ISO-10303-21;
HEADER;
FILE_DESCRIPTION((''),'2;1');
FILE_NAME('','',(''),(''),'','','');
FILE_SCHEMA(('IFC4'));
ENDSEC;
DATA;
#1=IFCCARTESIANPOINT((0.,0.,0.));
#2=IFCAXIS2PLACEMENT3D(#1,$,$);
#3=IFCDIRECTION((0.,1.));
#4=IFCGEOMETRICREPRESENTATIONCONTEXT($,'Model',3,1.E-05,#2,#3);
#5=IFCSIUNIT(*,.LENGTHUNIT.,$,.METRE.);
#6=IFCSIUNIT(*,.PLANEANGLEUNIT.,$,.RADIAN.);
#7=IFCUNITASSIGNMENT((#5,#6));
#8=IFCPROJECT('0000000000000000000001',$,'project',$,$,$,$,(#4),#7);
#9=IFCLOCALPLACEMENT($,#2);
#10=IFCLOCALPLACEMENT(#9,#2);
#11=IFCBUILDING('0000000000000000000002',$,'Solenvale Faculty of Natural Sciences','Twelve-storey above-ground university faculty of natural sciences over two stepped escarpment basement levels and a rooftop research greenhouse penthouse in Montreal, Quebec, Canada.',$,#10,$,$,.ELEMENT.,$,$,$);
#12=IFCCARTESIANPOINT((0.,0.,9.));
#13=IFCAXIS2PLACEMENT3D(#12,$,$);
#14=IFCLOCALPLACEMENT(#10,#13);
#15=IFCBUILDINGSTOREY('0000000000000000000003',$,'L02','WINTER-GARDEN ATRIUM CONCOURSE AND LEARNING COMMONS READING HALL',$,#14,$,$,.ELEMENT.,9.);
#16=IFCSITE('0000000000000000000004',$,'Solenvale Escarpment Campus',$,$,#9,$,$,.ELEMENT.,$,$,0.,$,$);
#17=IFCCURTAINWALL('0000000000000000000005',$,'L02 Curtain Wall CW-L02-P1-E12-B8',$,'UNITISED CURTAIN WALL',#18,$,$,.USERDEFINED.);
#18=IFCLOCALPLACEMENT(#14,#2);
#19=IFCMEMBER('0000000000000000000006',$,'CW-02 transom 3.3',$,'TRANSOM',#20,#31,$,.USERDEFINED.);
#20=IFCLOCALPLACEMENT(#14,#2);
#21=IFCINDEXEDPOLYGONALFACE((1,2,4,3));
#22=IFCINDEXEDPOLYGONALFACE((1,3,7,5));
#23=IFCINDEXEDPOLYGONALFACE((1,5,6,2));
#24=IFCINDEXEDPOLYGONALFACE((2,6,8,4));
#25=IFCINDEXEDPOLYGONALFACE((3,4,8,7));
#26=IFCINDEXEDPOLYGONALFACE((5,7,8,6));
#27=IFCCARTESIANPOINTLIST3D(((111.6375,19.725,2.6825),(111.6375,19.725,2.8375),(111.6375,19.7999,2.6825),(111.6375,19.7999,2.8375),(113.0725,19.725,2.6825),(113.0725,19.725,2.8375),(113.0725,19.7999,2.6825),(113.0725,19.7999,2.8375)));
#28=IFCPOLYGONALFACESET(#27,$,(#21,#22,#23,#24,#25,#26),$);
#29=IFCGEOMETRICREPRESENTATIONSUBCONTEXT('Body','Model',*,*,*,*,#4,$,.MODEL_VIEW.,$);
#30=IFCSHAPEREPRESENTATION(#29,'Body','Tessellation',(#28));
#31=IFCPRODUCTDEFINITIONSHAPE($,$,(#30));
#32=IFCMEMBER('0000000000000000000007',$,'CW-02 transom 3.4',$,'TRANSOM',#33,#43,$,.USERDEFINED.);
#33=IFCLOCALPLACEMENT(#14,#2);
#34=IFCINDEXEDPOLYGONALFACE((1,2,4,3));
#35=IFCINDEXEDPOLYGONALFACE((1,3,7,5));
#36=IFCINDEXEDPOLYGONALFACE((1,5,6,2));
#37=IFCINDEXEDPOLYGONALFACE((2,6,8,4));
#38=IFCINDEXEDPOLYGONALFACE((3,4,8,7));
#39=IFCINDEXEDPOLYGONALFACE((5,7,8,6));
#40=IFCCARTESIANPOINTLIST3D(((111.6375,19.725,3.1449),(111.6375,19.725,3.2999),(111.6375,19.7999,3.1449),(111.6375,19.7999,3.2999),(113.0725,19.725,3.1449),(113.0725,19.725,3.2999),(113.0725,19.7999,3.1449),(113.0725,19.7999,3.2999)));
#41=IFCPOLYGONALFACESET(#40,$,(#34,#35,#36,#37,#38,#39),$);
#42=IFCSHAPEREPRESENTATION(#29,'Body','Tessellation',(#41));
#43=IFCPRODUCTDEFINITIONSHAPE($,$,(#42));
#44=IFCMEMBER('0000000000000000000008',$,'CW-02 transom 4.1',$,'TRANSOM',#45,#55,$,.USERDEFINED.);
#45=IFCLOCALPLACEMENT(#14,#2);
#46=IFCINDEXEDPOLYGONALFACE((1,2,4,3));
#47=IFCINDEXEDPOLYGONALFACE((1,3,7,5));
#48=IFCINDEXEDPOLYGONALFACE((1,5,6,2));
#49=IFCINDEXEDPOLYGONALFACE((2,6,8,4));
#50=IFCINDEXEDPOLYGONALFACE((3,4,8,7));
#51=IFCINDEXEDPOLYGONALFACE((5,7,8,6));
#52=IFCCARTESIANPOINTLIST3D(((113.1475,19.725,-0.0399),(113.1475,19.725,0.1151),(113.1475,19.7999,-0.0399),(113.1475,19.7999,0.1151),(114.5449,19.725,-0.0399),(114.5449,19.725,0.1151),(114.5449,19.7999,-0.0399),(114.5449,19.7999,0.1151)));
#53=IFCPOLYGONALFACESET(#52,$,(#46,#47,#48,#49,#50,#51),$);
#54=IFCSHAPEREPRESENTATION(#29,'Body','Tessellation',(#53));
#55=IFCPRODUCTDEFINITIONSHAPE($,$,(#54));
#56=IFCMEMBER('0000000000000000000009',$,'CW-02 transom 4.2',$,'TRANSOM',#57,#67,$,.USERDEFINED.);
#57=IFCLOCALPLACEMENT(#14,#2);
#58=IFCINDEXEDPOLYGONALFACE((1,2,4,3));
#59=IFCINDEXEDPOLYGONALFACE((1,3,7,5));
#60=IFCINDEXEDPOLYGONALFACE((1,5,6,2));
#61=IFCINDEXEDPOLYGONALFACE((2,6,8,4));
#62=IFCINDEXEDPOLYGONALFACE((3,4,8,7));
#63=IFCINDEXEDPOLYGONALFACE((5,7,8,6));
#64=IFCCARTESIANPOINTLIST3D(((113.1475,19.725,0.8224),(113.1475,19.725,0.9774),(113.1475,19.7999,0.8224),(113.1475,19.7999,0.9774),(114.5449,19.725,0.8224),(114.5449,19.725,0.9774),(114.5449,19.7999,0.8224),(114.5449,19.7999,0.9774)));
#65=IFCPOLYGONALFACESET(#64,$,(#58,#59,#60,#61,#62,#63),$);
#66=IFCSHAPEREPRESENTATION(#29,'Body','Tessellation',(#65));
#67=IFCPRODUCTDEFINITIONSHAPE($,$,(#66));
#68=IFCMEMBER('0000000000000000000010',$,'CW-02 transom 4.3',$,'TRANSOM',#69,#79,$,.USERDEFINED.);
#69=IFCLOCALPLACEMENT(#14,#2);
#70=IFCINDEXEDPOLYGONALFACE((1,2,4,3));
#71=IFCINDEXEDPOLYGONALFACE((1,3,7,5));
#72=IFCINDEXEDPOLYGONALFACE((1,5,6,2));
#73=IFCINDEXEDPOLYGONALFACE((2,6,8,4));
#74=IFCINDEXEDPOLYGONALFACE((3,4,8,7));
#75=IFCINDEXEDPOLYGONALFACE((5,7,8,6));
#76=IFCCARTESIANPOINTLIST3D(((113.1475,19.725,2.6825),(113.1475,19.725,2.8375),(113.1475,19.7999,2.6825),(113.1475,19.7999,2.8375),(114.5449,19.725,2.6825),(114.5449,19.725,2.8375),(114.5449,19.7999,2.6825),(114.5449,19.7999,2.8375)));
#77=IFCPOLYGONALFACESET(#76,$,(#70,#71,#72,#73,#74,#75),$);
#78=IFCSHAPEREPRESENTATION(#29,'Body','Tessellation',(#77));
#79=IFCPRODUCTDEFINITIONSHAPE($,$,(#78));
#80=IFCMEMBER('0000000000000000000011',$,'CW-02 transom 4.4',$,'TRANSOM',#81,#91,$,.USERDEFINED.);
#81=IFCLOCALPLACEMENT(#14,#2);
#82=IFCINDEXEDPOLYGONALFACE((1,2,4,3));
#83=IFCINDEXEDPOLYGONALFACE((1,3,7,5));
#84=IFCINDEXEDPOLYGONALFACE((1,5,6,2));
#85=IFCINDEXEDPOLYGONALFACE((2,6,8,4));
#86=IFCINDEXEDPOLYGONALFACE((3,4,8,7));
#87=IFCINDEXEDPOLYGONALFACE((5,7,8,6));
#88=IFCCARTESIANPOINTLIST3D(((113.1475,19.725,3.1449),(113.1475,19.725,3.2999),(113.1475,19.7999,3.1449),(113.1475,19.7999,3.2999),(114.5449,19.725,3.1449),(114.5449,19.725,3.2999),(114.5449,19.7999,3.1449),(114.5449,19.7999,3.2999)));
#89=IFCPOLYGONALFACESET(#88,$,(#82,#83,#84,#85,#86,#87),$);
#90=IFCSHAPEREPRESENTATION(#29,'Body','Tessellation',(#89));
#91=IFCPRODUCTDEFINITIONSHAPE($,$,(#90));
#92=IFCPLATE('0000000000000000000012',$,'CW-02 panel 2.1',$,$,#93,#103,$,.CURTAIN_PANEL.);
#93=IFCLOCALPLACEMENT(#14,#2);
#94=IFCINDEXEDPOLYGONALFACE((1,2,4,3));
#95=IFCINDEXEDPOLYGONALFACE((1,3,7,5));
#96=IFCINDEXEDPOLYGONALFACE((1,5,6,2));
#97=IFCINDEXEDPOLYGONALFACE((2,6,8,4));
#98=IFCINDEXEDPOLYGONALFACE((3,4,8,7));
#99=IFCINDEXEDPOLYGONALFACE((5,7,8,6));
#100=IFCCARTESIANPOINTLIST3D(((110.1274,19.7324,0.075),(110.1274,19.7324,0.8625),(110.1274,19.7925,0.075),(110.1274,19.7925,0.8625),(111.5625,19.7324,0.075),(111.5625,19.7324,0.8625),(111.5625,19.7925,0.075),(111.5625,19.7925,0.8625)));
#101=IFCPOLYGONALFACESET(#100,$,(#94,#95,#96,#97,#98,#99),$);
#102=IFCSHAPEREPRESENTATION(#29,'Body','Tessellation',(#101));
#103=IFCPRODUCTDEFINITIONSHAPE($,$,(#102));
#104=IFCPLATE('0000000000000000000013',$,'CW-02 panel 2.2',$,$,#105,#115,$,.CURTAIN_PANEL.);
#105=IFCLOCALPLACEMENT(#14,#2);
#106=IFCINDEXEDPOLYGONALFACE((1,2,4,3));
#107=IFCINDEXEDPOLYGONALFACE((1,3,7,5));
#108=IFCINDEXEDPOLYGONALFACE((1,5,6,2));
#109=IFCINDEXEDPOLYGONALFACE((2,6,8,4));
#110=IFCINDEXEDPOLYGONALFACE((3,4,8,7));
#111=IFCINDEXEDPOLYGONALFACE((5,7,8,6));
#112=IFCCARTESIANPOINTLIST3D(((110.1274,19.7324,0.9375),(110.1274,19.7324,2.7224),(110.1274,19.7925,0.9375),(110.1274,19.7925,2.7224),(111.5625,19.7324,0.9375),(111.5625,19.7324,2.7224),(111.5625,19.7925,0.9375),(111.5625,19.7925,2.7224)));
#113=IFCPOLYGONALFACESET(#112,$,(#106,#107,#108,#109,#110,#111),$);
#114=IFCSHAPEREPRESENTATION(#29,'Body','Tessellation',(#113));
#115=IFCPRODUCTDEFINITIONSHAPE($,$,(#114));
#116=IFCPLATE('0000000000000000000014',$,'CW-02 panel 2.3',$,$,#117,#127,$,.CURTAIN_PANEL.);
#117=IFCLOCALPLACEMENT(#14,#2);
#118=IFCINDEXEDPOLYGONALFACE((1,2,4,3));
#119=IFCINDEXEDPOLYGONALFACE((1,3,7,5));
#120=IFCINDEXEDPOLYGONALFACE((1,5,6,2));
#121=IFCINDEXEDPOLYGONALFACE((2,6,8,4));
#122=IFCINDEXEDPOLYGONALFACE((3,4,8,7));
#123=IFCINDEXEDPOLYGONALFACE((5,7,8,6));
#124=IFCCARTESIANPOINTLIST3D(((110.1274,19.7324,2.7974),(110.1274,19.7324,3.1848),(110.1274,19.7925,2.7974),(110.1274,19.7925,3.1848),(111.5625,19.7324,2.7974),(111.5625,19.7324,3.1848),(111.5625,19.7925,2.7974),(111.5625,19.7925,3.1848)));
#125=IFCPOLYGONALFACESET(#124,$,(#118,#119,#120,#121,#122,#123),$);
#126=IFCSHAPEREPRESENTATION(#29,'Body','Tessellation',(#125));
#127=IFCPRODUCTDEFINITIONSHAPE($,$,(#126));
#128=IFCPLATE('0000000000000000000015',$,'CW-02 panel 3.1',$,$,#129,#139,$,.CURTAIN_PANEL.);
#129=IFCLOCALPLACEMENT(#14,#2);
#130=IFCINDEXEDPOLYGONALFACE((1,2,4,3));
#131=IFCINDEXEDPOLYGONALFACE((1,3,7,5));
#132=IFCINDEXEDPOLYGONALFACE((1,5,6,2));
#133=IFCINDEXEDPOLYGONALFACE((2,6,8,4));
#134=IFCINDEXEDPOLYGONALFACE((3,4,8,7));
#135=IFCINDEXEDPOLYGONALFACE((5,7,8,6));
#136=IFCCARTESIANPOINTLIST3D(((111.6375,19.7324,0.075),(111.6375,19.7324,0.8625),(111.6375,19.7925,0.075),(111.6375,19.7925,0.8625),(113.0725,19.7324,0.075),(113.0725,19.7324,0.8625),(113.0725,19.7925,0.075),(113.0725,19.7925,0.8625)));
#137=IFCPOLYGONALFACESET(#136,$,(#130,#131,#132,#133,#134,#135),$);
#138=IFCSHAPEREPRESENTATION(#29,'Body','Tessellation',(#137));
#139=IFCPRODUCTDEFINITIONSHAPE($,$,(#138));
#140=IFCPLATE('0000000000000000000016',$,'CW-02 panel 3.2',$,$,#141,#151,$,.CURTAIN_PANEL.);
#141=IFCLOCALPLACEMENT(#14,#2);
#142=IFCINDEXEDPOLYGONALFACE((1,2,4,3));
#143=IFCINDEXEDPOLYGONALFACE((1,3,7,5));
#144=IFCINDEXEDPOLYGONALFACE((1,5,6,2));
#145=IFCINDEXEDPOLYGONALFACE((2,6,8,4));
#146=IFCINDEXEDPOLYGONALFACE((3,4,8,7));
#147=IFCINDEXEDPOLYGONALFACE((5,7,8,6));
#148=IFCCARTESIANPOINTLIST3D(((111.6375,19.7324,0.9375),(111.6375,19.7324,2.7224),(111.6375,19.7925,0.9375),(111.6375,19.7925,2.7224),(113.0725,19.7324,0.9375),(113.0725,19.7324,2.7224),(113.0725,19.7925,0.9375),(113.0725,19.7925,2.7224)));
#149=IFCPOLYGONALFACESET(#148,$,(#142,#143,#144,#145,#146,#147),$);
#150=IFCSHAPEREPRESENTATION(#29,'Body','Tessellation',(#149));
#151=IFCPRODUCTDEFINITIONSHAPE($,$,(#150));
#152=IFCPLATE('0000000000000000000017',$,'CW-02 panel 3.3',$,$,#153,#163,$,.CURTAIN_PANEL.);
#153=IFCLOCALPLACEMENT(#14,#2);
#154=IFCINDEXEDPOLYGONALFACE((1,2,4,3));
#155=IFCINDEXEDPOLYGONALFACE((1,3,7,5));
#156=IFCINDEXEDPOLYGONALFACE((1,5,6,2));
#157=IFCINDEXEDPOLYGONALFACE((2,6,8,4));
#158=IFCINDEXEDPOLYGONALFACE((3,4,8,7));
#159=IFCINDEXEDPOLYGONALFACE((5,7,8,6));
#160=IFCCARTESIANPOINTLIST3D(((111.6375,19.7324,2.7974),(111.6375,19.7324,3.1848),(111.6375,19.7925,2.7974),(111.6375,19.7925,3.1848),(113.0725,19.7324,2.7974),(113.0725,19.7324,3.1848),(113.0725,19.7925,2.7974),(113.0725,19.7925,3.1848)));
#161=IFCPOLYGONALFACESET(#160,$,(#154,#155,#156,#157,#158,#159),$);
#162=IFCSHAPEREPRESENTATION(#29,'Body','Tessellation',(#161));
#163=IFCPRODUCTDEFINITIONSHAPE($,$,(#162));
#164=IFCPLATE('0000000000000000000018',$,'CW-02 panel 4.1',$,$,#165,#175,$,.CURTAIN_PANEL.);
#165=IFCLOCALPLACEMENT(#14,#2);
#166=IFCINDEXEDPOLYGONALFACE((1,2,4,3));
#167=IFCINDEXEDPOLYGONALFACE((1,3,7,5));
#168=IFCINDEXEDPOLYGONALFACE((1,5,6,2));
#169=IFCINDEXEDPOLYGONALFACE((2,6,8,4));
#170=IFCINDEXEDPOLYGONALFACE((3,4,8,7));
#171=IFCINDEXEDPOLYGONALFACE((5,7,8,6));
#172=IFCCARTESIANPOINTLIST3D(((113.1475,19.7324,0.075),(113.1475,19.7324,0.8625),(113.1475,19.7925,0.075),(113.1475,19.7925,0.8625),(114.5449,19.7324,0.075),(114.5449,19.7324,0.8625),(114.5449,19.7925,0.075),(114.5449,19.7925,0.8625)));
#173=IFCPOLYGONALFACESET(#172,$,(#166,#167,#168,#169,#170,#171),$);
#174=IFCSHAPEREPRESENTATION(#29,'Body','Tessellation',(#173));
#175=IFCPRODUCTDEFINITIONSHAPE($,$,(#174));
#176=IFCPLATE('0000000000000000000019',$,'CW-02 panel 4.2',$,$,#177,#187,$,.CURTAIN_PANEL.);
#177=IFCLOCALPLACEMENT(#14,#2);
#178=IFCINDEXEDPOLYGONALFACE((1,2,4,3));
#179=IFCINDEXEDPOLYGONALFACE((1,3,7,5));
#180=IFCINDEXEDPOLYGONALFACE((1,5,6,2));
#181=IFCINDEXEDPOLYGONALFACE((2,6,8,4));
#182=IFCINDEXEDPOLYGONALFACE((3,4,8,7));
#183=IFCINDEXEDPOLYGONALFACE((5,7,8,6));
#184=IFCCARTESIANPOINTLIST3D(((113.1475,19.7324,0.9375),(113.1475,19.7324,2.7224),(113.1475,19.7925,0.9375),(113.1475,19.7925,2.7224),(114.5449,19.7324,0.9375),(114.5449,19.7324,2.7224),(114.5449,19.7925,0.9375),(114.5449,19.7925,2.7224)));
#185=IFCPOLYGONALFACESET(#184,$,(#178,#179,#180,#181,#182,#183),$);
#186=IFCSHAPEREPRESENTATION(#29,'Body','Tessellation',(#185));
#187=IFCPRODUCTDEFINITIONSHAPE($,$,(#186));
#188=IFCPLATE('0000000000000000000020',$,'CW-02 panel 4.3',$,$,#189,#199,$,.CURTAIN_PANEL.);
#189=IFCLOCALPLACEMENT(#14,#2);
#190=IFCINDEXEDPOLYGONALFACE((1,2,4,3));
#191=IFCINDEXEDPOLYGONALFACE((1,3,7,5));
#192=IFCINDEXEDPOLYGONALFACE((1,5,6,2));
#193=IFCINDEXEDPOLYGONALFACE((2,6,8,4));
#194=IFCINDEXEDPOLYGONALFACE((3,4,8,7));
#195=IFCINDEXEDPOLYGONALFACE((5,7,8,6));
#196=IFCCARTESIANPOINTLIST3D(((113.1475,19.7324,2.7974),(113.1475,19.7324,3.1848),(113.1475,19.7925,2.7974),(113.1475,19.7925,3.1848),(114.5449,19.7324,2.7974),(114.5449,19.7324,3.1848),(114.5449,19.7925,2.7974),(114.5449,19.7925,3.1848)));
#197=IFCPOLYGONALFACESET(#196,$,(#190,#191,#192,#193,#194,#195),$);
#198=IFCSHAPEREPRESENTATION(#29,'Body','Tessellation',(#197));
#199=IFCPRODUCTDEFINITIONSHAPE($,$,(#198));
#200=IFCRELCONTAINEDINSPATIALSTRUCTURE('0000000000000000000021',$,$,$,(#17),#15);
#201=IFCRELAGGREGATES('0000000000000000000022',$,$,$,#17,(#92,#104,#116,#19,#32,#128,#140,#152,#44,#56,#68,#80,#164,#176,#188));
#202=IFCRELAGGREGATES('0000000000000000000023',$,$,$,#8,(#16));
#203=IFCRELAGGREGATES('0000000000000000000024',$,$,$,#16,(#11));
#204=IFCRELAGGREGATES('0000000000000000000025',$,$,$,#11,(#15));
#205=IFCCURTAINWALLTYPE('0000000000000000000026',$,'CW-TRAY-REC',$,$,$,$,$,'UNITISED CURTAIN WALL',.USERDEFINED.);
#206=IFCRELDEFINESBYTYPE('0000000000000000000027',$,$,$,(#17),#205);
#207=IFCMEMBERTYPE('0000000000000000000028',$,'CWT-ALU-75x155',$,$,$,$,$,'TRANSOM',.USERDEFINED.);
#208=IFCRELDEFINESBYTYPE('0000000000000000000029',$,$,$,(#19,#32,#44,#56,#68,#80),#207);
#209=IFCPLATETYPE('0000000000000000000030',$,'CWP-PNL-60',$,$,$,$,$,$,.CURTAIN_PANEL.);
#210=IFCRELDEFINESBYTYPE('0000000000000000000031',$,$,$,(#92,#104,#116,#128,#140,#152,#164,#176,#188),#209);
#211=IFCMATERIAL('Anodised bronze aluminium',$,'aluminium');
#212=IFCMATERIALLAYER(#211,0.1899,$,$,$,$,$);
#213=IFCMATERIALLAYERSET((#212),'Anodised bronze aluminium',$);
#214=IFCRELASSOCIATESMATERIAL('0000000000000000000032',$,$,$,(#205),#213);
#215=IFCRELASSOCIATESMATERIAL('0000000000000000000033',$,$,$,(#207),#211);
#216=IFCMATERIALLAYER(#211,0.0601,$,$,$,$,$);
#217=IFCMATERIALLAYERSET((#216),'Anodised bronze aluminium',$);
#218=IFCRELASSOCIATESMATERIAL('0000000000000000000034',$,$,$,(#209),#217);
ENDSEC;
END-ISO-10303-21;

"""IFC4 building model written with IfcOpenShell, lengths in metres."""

from ifc_helpers import new_model, si_unit, direction, frame, origin, origin_2d, place, context, subcontext, project, spatial, rectangle, extrude, material, layer, layer_set, material_profile, profile_set, type_object, element, aggregate, save


model = new_model("IFC4")

# Units and contexts
model_context = context("Model", 3, precision=1e-05, world=origin(), true_north=direction((0.0, 1.0)))
body_context = subcontext(model_context, "Body", "Model", "MODEL_VIEW")
ifc_project = project(units=[si_unit("LENGTHUNIT", "METRE"), si_unit("PLANEANGLEUNIT", "RADIAN")], contexts=[model_context])

# Site, building, storey
site_placement = place(None, origin())
site = spatial("IfcSite", under=ifc_project, at=site_placement, Name="Solenvale Escarpment Campus", CompositionType="ELEMENT", RefElevation=0.0)
building_placement = place(site_placement, origin())
building = spatial("IfcBuilding", under=site, at=building_placement, Name="Solenvale Faculty of Natural Sciences", Description="Twelve-storey above-ground university faculty of natural sciences over two stepped escarpment basement levels and a rooftop research greenhouse penthouse in Montreal, Quebec, Canada.", CompositionType="ELEMENT")
storey_placement = place(building_placement, frame((0.0, 0.0, 9.0)))
storey = spatial("IfcBuildingStorey", under=building, at=storey_placement, Name="L02", Description="WINTER-GARDEN ATRIUM CONCOURSE AND LEARNING COMMONS READING HALL", CompositionType="ELEMENT", Elevation=9.0)

# Shared definitions
ifc_material_1 = material(Name="Anodised bronze aluminium", Category="aluminium")

# Curtain wall
ifc_layer_1 = layer(ifc_material_1, 0.1899)
ifc_layer_set_1 = layer_set([ifc_layer_1], Name="Anodised bronze aluminium")
curtain_wall_type_1 = type_object("IfcCurtainWallType", Name="CW-TRAY-REC", ElementType="UNITISED CURTAIN WALL", PredefinedType="USERDEFINED", material=ifc_layer_set_1)
curtain_wall_1_placement = place(storey_placement, origin())
curtain_wall_1 = element("IfcCurtainWall", 1, at=curtain_wall_1_placement, inside=storey, type_object=curtain_wall_type_1, Name="L02 Curtain Wall CW-L02-P1-E12-B8", ObjectType="UNITISED CURTAIN WALL", PredefinedType="USERDEFINED")

# Members
ifc_material_profile_1 = material_profile(ifc_material_1, rectangle(XDim=0.075, YDim=0.155, at=origin_2d()), Name="ALU-TRN-75x155")
ifc_profile_set_1 = profile_set([ifc_material_profile_1], Name="Anodised bronze aluminium")
member_type_1 = type_object("IfcMemberType", Name="CWT-ALU-75x155", ElementType="TRANSOM", PredefinedType="USERDEFINED", material=ifc_profile_set_1)
member_1_placement = place(storey_placement, frame((111.6375, 19.7625, 2.76), z_axis=(1.0, 0.0, 0.0), x_axis=(0.0, 1.0, 0.0)))
member_1 = element("IfcMember", 2, at=member_1_placement, type_object=member_type_1, Name="CW-02 transom 3.3", ObjectType="TRANSOM", PredefinedType="USERDEFINED", context=body_context, shape_type="SweptSolid", body=[
    extrude(rectangle(XDim=0.075, YDim=0.155, at=origin_2d()), origin(), (0.0, 0.0, 1.0), 1.4351),
])
member_2_placement = place(storey_placement, frame((111.6375, 19.7625, 3.2224), z_axis=(1.0, 0.0, 0.0), x_axis=(0.0, 1.0, 0.0)))
member_2 = element("IfcMember", 3, at=member_2_placement, type_object=member_type_1, Name="CW-02 transom 3.4", ObjectType="TRANSOM", PredefinedType="USERDEFINED", context=body_context, shape_type="SweptSolid", body=[
    extrude(rectangle(XDim=0.075, YDim=0.155, at=origin_2d()), origin(), (0.0, 0.0, 1.0), 1.4351),
])
member_3_placement = place(storey_placement, frame((113.1475, 19.7625, 0.0376), z_axis=(1.0, 0.0, 0.0), x_axis=(0.0, 1.0, 0.0)))
member_3 = element("IfcMember", 4, at=member_3_placement, type_object=member_type_1, Name="CW-02 transom 4.1", ObjectType="TRANSOM", PredefinedType="USERDEFINED", context=body_context, shape_type="SweptSolid", body=[
    extrude(rectangle(XDim=0.075, YDim=0.155, at=origin_2d()), origin(), (0.0, 0.0, 1.0), 1.3975),
])
member_4_placement = place(storey_placement, frame((113.1475, 19.7625, 0.8999), z_axis=(1.0, 0.0, 0.0), x_axis=(0.0, 1.0, 0.0)))
member_4 = element("IfcMember", 5, at=member_4_placement, type_object=member_type_1, Name="CW-02 transom 4.2", ObjectType="TRANSOM", PredefinedType="USERDEFINED", context=body_context, shape_type="SweptSolid", body=[
    extrude(rectangle(XDim=0.075, YDim=0.155, at=origin_2d()), origin(), (0.0, 0.0, 1.0), 1.3975),
])
member_5_placement = place(storey_placement, frame((113.1475, 19.7625, 2.76), z_axis=(1.0, 0.0, 0.0), x_axis=(0.0, 1.0, 0.0)))
member_5 = element("IfcMember", 6, at=member_5_placement, type_object=member_type_1, Name="CW-02 transom 4.3", ObjectType="TRANSOM", PredefinedType="USERDEFINED", context=body_context, shape_type="SweptSolid", body=[
    extrude(rectangle(XDim=0.075, YDim=0.155, at=origin_2d()), origin(), (0.0, 0.0, 1.0), 1.3975),
])
member_6_placement = place(storey_placement, frame((113.1475, 19.7625, 3.2224), z_axis=(1.0, 0.0, 0.0), x_axis=(0.0, 1.0, 0.0)))
member_6 = element("IfcMember", 7, at=member_6_placement, type_object=member_type_1, Name="CW-02 transom 4.4", ObjectType="TRANSOM", PredefinedType="USERDEFINED", context=body_context, shape_type="SweptSolid", body=[
    extrude(rectangle(XDim=0.075, YDim=0.155, at=origin_2d()), origin(), (0.0, 0.0, 1.0), 1.3975),
])

# Plates
ifc_layer_2 = layer(ifc_material_1, 0.0601)
ifc_layer_set_2 = layer_set([ifc_layer_2], Name="Anodised bronze aluminium")
plate_type = type_object("IfcPlateType", Name="CWP-PNL-60", PredefinedType="CURTAIN_PANEL", material=ifc_layer_set_2)
plate_1_placement = place(storey_placement, frame((110.845, 19.7625, 0.075), z_axis=(0.0, 0.0, 1.0), x_axis=(1.0, 0.0, 0.0)))
plate_1 = element("IfcPlate", 8, at=plate_1_placement, type_object=plate_type, Name="CW-02 panel 2.1", PredefinedType="CURTAIN_PANEL", context=body_context, shape_type="SweptSolid", body=[
    extrude(rectangle(XDim=1.4351, YDim=0.0601, at=origin_2d()), origin(), (0.0, 0.0, 1.0), 0.7876),
])
plate_2_placement = place(storey_placement, frame((110.845, 19.7625, 0.9375), z_axis=(0.0, 0.0, 1.0), x_axis=(1.0, 0.0, 0.0)))
plate_2 = element("IfcPlate", 9, at=plate_2_placement, type_object=plate_type, Name="CW-02 panel 2.2", PredefinedType="CURTAIN_PANEL", context=body_context, shape_type="SweptSolid", body=[
    extrude(rectangle(XDim=1.4351, YDim=0.0601, at=origin_2d()), origin(), (0.0, 0.0, 1.0), 1.7849),
])
plate_3_placement = place(storey_placement, frame((110.845, 19.7625, 2.7974), z_axis=(0.0, 0.0, 1.0), x_axis=(1.0, 0.0, 0.0)))
plate_3 = element("IfcPlate", 10, at=plate_3_placement, type_object=plate_type, Name="CW-02 panel 2.3", PredefinedType="CURTAIN_PANEL", context=body_context, shape_type="SweptSolid", body=[
    extrude(rectangle(XDim=1.4351, YDim=0.0601, at=origin_2d()), origin(), (0.0, 0.0, 1.0), 0.3875),
])
plate_4_placement = place(storey_placement, frame((112.355, 19.7625, 0.075), z_axis=(0.0, 0.0, 1.0), x_axis=(1.0, 0.0, 0.0)))
plate_4 = element("IfcPlate", 11, at=plate_4_placement, type_object=plate_type, Name="CW-02 panel 3.1", PredefinedType="CURTAIN_PANEL", context=body_context, shape_type="SweptSolid", body=[
    extrude(rectangle(XDim=1.4351, YDim=0.0601, at=origin_2d()), origin(), (0.0, 0.0, 1.0), 0.7876),
])
plate_5_placement = place(storey_placement, frame((112.355, 19.7625, 0.9375), z_axis=(0.0, 0.0, 1.0), x_axis=(1.0, 0.0, 0.0)))
plate_5 = element("IfcPlate", 12, at=plate_5_placement, type_object=plate_type, Name="CW-02 panel 3.2", PredefinedType="CURTAIN_PANEL", context=body_context, shape_type="SweptSolid", body=[
    extrude(rectangle(XDim=1.4351, YDim=0.0601, at=origin_2d()), origin(), (0.0, 0.0, 1.0), 1.7849),
])
plate_6_placement = place(storey_placement, frame((112.355, 19.7625, 2.7974), z_axis=(0.0, 0.0, 1.0), x_axis=(1.0, 0.0, 0.0)))
plate_6 = element("IfcPlate", 13, at=plate_6_placement, type_object=plate_type, Name="CW-02 panel 3.3", PredefinedType="CURTAIN_PANEL", context=body_context, shape_type="SweptSolid", body=[
    extrude(rectangle(XDim=1.4351, YDim=0.0601, at=origin_2d()), origin(), (0.0, 0.0, 1.0), 0.3875),
])
plate_7_placement = place(storey_placement, frame((113.8462, 19.7625, 0.075), z_axis=(0.0, 0.0, 1.0), x_axis=(1.0, 0.0, 0.0)))
plate_7 = element("IfcPlate", 14, at=plate_7_placement, type_object=plate_type, Name="CW-02 panel 4.1", PredefinedType="CURTAIN_PANEL", context=body_context, shape_type="SweptSolid", body=[
    extrude(rectangle(XDim=1.3975, YDim=0.0601, at=origin_2d()), origin(), (0.0, 0.0, 1.0), 0.7876),
])
plate_8_placement = place(storey_placement, frame((113.8462, 19.7625, 0.9375), z_axis=(0.0, 0.0, 1.0), x_axis=(1.0, 0.0, 0.0)))
plate_8 = element("IfcPlate", 15, at=plate_8_placement, type_object=plate_type, Name="CW-02 panel 4.2", PredefinedType="CURTAIN_PANEL", context=body_context, shape_type="SweptSolid", body=[
    extrude(rectangle(XDim=1.3975, YDim=0.0601, at=origin_2d()), origin(), (0.0, 0.0, 1.0), 1.7849),
])
plate_9_placement = place(storey_placement, frame((113.8462, 19.7625, 2.7974), z_axis=(0.0, 0.0, 1.0), x_axis=(1.0, 0.0, 0.0)))
plate_9 = element("IfcPlate", 16, at=plate_9_placement, type_object=plate_type, Name="CW-02 panel 4.3", PredefinedType="CURTAIN_PANEL", context=body_context, shape_type="SweptSolid", body=[
    extrude(rectangle(XDim=1.3975, YDim=0.0601, at=origin_2d()), origin(), (0.0, 0.0, 1.0), 0.3875),
])
aggregate(curtain_wall_1, [plate_1, plate_2, plate_3, member_1, member_2, plate_4, plate_5, plate_6, member_3, member_4, member_5, member_6, plate_7, plate_8, plate_9])

save(model, "model.ifc")
